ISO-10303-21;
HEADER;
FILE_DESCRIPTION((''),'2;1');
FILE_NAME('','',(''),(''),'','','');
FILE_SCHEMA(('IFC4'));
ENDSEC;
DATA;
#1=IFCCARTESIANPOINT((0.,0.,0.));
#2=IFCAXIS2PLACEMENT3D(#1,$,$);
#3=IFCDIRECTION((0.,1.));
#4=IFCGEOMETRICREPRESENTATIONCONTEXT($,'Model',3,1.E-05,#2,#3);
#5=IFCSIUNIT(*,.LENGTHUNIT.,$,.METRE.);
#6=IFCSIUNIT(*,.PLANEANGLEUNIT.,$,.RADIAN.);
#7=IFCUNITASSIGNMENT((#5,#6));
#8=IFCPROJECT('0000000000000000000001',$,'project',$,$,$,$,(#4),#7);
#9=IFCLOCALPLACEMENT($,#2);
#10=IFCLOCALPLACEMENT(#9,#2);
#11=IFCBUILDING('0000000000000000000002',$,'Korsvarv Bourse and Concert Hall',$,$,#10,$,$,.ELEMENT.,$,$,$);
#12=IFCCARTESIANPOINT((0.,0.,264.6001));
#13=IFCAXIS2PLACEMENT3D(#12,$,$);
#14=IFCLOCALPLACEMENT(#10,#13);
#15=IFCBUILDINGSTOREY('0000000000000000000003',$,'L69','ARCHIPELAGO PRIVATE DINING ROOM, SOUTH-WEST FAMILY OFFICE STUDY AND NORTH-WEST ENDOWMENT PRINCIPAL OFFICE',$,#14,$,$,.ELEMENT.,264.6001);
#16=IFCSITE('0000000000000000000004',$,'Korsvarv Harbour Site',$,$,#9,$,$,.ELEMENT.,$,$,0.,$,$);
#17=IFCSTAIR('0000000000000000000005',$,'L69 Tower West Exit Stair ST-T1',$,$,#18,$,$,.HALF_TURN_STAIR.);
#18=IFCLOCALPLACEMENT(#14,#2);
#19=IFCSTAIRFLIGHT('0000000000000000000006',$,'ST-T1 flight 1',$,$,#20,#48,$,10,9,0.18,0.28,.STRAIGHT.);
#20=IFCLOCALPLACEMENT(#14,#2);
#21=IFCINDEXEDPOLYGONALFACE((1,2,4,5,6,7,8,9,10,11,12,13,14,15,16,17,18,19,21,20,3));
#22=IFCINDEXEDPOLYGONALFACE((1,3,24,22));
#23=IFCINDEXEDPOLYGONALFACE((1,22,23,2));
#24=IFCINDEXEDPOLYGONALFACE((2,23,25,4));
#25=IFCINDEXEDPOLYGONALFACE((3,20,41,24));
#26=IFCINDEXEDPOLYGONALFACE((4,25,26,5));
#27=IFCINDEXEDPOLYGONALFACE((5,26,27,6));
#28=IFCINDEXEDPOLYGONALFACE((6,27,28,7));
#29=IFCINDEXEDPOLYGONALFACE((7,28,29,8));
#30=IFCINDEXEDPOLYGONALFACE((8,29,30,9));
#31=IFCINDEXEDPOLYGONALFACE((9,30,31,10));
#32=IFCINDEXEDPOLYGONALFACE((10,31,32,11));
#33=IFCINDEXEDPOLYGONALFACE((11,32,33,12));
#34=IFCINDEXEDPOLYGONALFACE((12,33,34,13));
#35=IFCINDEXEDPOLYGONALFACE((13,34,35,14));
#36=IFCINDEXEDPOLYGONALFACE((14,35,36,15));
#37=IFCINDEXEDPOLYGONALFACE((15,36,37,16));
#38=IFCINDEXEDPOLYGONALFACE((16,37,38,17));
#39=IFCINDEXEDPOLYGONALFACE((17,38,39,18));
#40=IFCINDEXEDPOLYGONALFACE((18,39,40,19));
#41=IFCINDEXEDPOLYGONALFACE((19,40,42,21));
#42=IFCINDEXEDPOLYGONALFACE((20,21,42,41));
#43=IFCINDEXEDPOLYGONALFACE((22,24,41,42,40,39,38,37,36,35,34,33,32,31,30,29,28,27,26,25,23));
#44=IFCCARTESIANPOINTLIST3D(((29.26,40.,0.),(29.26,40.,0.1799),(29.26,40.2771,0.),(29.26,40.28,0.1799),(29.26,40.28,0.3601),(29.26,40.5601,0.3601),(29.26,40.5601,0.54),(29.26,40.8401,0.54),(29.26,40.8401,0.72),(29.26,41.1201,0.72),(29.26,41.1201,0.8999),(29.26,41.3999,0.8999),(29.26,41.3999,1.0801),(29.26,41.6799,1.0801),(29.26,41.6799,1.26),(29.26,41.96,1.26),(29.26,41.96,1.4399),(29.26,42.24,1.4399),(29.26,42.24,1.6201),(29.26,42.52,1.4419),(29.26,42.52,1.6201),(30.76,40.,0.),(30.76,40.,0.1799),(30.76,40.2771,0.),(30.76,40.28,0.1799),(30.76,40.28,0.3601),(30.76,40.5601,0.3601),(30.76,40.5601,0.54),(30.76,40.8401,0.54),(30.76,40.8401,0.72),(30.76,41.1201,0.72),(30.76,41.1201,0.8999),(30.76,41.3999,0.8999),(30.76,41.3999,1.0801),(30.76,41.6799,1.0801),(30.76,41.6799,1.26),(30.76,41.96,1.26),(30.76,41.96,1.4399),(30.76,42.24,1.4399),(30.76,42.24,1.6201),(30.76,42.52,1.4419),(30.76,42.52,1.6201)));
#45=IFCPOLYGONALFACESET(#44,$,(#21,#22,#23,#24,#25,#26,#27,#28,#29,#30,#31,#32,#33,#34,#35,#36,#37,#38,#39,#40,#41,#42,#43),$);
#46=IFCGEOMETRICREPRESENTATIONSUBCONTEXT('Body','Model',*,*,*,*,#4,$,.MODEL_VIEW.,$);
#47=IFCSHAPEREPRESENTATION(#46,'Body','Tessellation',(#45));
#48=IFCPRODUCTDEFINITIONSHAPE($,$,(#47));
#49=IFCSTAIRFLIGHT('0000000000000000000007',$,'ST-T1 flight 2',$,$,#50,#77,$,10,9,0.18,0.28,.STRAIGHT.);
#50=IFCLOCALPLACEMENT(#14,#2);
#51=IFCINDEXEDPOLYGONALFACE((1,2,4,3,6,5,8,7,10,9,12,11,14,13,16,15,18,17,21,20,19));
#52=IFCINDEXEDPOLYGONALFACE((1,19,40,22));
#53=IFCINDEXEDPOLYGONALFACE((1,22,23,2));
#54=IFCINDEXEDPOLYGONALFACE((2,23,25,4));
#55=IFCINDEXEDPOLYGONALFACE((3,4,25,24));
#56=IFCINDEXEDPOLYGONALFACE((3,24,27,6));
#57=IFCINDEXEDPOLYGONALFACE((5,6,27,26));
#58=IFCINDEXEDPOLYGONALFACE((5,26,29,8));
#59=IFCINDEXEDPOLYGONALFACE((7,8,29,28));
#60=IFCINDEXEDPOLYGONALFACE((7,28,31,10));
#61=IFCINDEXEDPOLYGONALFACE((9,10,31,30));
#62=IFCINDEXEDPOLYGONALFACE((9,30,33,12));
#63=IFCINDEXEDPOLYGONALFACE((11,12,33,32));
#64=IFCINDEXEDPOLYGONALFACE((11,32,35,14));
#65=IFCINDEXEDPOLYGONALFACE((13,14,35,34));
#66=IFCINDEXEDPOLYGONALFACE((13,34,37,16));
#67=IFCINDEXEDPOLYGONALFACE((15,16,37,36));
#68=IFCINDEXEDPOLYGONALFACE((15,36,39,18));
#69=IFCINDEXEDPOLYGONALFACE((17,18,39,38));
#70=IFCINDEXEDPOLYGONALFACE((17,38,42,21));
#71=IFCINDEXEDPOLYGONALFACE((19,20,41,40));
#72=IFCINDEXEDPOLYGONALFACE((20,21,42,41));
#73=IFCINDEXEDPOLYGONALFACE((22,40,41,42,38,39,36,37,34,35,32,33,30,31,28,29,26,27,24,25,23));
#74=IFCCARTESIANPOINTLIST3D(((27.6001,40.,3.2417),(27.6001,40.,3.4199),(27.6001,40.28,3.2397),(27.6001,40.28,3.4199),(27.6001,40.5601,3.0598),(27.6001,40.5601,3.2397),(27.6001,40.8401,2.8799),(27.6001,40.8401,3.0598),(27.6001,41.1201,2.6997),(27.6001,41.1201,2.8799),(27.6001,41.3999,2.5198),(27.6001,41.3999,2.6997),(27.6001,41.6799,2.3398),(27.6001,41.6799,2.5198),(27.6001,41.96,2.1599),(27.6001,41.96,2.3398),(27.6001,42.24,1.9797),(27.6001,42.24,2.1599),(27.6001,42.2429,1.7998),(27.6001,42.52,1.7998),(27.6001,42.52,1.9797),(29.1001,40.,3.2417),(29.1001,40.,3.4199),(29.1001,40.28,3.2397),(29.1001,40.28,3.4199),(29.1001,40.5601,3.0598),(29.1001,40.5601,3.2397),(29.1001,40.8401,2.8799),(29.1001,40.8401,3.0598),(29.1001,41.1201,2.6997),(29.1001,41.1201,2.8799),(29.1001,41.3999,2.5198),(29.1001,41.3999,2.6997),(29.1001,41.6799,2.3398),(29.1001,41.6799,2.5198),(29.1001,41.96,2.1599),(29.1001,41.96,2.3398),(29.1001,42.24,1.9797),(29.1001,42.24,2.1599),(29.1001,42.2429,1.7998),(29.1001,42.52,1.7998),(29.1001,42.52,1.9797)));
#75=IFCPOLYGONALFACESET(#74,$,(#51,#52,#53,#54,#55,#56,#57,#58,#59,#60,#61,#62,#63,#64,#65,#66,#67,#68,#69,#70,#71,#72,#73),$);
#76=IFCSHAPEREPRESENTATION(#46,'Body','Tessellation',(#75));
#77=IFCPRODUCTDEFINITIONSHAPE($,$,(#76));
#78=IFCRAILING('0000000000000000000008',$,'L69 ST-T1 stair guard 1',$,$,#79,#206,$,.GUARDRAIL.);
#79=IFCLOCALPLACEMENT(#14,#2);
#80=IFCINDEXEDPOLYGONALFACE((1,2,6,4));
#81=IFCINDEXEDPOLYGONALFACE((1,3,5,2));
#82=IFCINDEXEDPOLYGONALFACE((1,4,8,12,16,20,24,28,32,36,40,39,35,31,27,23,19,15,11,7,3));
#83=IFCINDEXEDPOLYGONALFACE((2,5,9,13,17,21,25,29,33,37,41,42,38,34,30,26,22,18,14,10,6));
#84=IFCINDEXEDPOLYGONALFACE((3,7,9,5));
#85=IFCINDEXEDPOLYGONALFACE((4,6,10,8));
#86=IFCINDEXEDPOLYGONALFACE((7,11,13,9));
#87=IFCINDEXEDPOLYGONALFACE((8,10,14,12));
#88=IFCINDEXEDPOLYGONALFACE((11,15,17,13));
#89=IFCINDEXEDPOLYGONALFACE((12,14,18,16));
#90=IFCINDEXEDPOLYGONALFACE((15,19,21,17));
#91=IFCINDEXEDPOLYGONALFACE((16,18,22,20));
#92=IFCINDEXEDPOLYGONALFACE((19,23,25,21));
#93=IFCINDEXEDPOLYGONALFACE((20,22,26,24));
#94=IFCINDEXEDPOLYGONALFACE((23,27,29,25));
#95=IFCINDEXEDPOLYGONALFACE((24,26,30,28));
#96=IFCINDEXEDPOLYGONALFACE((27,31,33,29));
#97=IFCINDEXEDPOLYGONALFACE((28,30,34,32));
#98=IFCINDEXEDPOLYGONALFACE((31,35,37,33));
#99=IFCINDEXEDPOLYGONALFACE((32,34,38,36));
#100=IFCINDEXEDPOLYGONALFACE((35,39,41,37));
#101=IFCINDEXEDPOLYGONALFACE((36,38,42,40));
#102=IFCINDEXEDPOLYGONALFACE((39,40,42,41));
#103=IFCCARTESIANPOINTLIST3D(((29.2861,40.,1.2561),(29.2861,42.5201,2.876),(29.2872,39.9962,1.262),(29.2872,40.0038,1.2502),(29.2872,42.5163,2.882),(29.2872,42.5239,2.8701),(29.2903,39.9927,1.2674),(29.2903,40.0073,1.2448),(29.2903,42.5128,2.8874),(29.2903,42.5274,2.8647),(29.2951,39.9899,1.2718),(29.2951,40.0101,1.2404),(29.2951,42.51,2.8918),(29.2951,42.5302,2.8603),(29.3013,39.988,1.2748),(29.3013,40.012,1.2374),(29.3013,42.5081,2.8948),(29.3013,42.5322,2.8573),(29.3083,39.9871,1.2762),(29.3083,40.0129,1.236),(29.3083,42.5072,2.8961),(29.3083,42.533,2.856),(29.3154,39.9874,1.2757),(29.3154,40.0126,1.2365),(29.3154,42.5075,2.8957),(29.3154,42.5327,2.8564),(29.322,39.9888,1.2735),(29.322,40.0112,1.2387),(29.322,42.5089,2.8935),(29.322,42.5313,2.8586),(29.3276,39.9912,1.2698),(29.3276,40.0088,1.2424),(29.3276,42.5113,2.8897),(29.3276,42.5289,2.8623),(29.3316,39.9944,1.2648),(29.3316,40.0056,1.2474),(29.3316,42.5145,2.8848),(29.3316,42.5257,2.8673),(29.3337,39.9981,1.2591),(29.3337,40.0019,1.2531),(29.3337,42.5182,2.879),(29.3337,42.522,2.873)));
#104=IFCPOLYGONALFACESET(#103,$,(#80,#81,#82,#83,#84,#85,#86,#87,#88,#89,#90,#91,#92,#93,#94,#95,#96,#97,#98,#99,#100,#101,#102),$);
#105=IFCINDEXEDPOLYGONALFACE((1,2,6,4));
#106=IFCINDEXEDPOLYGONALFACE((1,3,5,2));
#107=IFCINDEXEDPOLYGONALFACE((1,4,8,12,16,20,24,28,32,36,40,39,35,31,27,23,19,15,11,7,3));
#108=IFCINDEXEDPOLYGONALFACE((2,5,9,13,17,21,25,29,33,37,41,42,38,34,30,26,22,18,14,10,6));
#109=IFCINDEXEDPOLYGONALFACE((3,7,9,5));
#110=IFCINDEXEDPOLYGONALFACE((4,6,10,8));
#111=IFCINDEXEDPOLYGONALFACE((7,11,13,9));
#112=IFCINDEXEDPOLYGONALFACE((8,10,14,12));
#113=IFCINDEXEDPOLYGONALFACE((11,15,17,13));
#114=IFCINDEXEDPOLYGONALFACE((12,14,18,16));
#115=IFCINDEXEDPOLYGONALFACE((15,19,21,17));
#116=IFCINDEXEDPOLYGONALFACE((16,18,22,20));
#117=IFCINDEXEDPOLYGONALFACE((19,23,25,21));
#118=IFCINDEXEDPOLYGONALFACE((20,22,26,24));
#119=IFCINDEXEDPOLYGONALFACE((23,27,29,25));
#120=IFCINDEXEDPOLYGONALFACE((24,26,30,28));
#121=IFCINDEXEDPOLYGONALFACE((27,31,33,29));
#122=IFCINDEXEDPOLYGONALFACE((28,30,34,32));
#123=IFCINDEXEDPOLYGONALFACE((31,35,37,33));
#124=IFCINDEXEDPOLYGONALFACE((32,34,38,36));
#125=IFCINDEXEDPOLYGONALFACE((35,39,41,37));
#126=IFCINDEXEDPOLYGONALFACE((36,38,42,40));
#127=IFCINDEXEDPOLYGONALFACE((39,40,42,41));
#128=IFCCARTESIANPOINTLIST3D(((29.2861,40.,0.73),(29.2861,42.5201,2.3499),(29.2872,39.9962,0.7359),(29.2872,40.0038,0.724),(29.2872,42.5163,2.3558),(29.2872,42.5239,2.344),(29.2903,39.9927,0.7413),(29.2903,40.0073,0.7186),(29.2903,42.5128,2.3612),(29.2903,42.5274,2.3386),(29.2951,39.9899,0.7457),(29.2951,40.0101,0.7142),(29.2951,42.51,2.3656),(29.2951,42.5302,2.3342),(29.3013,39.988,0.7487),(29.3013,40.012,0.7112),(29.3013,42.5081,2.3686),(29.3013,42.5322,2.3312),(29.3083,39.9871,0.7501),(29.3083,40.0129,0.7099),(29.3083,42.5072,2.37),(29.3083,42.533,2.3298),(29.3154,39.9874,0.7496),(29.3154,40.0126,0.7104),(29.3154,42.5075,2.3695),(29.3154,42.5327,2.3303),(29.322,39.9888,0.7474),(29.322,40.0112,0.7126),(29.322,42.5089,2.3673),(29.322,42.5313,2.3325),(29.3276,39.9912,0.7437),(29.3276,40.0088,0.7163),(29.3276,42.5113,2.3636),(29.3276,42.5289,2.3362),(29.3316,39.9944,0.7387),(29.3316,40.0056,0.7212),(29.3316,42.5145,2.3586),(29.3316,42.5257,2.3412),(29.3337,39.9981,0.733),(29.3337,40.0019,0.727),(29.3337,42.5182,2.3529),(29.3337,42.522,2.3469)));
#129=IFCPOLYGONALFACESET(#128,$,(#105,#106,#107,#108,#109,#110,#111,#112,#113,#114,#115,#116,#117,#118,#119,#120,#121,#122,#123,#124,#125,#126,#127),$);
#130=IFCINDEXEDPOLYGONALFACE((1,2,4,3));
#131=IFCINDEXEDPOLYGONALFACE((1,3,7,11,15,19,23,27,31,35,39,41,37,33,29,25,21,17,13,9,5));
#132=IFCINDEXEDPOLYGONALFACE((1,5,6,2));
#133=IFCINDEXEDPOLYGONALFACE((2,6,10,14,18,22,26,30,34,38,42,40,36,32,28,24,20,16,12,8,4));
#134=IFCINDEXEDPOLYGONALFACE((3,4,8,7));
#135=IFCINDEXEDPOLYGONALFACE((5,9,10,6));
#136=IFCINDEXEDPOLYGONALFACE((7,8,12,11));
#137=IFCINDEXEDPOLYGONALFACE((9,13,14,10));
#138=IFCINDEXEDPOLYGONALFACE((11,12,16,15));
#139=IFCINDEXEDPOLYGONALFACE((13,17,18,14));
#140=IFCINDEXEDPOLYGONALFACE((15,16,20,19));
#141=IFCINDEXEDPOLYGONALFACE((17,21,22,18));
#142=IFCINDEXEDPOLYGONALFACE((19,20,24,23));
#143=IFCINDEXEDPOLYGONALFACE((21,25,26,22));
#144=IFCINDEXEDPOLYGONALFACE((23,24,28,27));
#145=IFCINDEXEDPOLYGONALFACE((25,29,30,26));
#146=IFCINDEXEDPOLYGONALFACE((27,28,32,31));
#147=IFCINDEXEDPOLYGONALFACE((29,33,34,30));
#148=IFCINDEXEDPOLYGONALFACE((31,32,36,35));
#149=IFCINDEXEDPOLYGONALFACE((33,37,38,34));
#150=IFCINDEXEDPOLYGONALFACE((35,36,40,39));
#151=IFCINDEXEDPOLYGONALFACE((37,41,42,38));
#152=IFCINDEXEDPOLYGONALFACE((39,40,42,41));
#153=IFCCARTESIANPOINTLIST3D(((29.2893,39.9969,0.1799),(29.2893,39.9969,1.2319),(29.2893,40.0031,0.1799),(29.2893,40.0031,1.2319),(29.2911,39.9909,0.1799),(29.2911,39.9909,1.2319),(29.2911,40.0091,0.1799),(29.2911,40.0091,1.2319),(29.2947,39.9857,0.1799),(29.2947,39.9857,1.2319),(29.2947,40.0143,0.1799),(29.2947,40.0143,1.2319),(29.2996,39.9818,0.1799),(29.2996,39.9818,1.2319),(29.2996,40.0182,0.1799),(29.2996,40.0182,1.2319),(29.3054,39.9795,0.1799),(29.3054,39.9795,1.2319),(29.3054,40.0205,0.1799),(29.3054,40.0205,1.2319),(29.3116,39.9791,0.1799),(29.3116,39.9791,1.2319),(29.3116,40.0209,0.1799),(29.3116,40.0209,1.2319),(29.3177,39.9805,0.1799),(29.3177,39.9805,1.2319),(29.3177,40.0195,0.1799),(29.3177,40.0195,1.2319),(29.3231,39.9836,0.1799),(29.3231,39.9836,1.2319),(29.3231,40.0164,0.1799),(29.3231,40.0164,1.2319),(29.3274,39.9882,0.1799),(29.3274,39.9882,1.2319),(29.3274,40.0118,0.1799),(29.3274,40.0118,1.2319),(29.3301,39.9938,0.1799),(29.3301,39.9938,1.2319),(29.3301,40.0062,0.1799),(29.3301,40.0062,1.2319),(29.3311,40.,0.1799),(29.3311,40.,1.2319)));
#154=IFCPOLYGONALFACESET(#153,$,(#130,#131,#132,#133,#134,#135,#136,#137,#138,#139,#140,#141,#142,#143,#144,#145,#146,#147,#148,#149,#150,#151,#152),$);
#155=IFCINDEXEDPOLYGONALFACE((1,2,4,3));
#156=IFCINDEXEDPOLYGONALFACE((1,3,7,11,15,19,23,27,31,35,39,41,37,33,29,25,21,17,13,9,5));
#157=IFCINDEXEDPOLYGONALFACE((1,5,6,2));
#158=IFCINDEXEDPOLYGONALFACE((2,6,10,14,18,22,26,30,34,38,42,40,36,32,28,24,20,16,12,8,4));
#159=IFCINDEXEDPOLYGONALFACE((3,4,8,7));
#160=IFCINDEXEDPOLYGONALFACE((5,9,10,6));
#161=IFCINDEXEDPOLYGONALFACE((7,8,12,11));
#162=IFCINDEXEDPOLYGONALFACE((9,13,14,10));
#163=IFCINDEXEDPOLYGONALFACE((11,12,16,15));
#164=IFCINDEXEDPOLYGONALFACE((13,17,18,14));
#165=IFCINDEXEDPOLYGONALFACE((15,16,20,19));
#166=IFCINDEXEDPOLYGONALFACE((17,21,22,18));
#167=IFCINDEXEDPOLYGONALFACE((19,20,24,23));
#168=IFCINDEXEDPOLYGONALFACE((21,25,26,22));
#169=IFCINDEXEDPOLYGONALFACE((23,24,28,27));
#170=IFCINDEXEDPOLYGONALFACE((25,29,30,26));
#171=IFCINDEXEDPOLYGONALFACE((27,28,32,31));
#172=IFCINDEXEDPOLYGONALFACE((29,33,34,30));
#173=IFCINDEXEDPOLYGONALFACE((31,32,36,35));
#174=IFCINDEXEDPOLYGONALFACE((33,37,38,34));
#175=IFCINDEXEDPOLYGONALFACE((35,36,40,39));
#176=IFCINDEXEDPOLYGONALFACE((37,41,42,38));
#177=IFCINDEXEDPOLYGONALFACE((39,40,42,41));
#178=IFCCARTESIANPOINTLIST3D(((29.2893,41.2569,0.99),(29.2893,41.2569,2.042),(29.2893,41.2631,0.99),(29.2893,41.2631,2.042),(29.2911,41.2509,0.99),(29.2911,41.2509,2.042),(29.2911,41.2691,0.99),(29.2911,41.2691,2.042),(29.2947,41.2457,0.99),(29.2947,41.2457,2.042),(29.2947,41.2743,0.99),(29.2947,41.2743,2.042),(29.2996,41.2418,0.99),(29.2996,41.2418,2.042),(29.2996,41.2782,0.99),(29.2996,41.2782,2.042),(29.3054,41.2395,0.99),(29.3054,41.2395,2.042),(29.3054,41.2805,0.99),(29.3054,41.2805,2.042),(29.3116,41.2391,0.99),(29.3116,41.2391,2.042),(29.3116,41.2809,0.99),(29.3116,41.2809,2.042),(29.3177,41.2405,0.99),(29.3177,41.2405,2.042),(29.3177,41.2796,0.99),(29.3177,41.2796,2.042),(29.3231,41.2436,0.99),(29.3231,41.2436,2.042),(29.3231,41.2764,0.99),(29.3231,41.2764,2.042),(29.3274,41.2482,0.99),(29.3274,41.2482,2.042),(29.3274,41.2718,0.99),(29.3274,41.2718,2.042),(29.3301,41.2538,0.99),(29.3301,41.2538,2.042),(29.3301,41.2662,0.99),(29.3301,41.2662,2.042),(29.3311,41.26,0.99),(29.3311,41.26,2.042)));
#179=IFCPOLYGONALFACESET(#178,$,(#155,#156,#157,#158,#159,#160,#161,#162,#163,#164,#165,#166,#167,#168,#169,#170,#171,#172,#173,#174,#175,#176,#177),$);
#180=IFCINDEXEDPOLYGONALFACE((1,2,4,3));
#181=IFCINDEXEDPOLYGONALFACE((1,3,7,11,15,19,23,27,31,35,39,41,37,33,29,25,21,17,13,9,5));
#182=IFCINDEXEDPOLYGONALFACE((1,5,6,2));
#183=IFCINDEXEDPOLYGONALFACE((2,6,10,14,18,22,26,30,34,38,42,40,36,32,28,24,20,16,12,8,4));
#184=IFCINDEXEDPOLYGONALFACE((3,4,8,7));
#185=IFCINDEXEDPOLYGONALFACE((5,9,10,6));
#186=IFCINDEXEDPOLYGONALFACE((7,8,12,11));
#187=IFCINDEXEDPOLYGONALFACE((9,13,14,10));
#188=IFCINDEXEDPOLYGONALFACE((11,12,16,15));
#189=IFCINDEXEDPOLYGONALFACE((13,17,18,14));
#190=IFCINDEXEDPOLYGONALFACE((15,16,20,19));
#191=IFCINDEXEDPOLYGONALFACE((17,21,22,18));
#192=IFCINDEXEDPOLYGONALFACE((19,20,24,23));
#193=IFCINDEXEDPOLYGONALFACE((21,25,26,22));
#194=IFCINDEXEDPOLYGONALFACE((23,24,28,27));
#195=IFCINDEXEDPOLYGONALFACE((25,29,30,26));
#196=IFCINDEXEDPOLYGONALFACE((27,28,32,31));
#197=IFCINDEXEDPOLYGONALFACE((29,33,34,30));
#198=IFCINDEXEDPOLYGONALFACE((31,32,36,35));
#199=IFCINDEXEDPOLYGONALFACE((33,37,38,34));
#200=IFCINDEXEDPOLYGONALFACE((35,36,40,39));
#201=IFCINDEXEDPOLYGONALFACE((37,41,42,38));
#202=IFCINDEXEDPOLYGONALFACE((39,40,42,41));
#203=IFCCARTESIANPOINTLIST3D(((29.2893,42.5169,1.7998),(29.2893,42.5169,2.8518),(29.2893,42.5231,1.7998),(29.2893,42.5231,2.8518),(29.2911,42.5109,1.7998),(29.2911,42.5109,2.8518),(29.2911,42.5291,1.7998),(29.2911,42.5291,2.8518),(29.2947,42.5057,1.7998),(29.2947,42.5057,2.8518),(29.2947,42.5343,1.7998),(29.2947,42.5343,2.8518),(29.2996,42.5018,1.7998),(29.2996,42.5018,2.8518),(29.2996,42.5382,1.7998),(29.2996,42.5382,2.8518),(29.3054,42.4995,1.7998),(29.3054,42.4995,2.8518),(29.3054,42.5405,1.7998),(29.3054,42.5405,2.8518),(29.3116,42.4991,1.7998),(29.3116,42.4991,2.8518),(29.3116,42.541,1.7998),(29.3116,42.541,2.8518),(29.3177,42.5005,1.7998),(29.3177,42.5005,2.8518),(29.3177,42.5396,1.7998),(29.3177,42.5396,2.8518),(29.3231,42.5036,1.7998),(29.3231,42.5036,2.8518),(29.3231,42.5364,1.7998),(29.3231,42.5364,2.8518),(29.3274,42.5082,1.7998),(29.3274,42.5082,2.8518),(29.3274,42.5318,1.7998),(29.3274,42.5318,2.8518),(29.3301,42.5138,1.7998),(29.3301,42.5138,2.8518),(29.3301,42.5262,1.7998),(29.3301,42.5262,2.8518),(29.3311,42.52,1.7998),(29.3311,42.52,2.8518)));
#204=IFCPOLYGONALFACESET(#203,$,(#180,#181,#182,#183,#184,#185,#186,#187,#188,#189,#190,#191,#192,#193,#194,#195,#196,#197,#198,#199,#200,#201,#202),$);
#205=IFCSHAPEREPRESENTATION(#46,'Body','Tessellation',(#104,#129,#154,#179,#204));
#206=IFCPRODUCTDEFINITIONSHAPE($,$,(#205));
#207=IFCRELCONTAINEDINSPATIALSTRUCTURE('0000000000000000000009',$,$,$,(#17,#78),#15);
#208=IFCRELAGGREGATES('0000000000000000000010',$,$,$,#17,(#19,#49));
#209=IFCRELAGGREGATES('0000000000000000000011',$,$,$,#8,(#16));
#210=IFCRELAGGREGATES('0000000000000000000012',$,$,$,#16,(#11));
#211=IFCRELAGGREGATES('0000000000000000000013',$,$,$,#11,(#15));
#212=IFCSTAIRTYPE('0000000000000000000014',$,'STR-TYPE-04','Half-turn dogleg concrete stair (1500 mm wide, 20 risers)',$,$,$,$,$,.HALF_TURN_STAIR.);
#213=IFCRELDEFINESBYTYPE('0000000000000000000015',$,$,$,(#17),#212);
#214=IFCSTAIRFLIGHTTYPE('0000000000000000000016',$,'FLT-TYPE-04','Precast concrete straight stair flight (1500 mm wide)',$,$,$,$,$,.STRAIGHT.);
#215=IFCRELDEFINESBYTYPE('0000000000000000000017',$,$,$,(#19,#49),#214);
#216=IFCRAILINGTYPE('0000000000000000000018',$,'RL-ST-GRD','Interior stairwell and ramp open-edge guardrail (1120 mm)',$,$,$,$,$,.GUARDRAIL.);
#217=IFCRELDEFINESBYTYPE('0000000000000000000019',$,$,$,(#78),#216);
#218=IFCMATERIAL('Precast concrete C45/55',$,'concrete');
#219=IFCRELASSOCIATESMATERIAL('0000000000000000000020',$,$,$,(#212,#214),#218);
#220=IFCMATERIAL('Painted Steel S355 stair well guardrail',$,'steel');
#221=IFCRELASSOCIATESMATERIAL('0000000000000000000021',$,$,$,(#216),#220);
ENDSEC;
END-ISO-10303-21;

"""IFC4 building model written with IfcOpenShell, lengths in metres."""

from ifc_helpers import new_model, si_unit, direction, frame, origin, origin_2d, place, context, subcontext, project, spatial, polyline, circle, outline, extrude, material, type_object, element, aggregate, save


model = new_model("IFC4")

# Units and contexts
model_context = context("Model", 3, precision=1e-05, world=origin(), true_north=direction((0.0, 1.0)))
body_context = subcontext(model_context, "Body", "Model", "MODEL_VIEW")
ifc_project = project(units=[si_unit("LENGTHUNIT", "METRE"), si_unit("PLANEANGLEUNIT", "RADIAN")], contexts=[model_context])

# Site, building, storey
site_placement = place(None, origin())
site = spatial("IfcSite", under=ifc_project, at=site_placement, Name="Korsvarv Harbour Site", CompositionType="ELEMENT", RefElevation=0.0)
building_placement = place(site_placement, origin())
building = spatial("IfcBuilding", under=site, at=building_placement, Name="Korsvarv Bourse and Concert Hall", CompositionType="ELEMENT")
storey_placement = place(building_placement, frame((0.0, 0.0, 264.6001)))
storey = spatial("IfcBuildingStorey", under=building, at=storey_placement, Name="L69", Description="ARCHIPELAGO PRIVATE DINING ROOM, SOUTH-WEST FAMILY OFFICE STUDY AND NORTH-WEST ENDOWMENT PRINCIPAL OFFICE", CompositionType="ELEMENT", Elevation=264.6001)

# Stair, stair flights
ifc_material_1 = material(Name="Precast concrete C45/55", Category="concrete")
stair_type = type_object("IfcStairType", Name="STR-TYPE-04", Description="Half-turn dogleg concrete stair (1500 mm wide, 20 risers)", PredefinedType="HALF_TURN_STAIR", material=ifc_material_1)
stair_placement = place(storey_placement, origin())
stair = element("IfcStair", 1, at=stair_placement, inside=storey, type_object=stair_type, Name="L69 Tower West Exit Stair ST-T1", PredefinedType="HALF_TURN_STAIR")
stair_flight_type = type_object("IfcStairFlightType", Name="FLT-TYPE-04", Description="Precast concrete straight stair flight (1500 mm wide)", PredefinedType="STRAIGHT", material=ifc_material_1)
stair_flight_1_placement = place(storey_placement, frame((30.01, 40.0, 0.0), z_axis=(0.0, 0.0, 1.0), x_axis=(0.0, 1.0, 0.0)))
stair_flight_1 = element("IfcStairFlight", 2, at=stair_flight_1_placement, type_object=stair_flight_type, Name="ST-T1 flight 1", NumberOfRisers=10, NumberOfTreads=9, PredefinedType="STRAIGHT", RiserHeight=0.18, TreadLength=0.28, context=body_context, shape_type="SweptSolid", body=[
    extrude(outline(polyline([(0.0, 0.0), (0.0, 0.1799), (0.28, 0.1799), (0.28, 0.3601), (0.5601, 0.3601), (0.5601, 0.54), (0.8401, 0.54), (0.8401, 0.72), (1.1201, 0.72), (1.1201, 0.8999), (1.3999, 0.8999), (1.3999, 1.0801), (1.6799, 1.0801), (1.6799, 1.26), (1.96, 1.26), (1.96, 1.4399), (2.24, 1.4399), (2.24, 1.6201), (2.52, 1.6201), (2.52, 1.8), (2.52, 1.4419), (0.2771, 0.0), (0.0, 0.0)])), frame((0.0, 0.75, 0.0), z_axis=(0.0, -1.0, 0.0), x_axis=(1.0, 0.0, 0.0)), (0.0, 0.0, 1.0), 1.5),
])
stair_flight_2_placement = place(storey_placement, frame((28.3501, 42.52, 1.7998), z_axis=(0.0, 0.0, 1.0), x_axis=(0.0, -1.0, 0.0)))
stair_flight_2 = element("IfcStairFlight", 3, at=stair_flight_2_placement, type_object=stair_flight_type, Name="ST-T1 flight 2", NumberOfRisers=10, NumberOfTreads=9, PredefinedType="STRAIGHT", RiserHeight=0.18, TreadLength=0.28, context=body_context, shape_type="SweptSolid", body=[
    extrude(outline(polyline([(0.0, 0.0), (0.0, 0.1799), (0.28, 0.1799), (0.28, 0.3601), (0.5601, 0.3601), (0.5601, 0.54), (0.8401, 0.54), (0.8401, 0.72), (1.1201, 0.72), (1.1201, 0.8999), (1.3999, 0.8999), (1.3999, 1.0801), (1.6799, 1.0801), (1.6799, 1.26), (1.96, 1.26), (1.96, 1.4399), (2.24, 1.4399), (2.24, 1.6201), (2.52, 1.6201), (2.52, 1.8), (2.52, 1.4419), (0.2771, 0.0), (0.0, 0.0)])), frame((0.0, 0.75, 0.0), z_axis=(0.0, -1.0, 0.0), x_axis=(1.0, 0.0, 0.0)), (0.0, 0.0, 1.0), 1.5),
])
aggregate(stair, [stair_flight_1, stair_flight_2])

# Railing
ifc_material_2 = material(Name="Painted Steel S355 stair well guardrail", Category="steel")
railing_type_1 = type_object("IfcRailingType", Name="RL-ST-GRD", Description="Interior stairwell and ramp open-edge guardrail (1120 mm)", PredefinedType="GUARDRAIL", material=ifc_material_2)
railing_1_placement = place(storey_placement, frame((29.3101, 40.0, 0.1799)))
element("IfcRailing", 4, at=railing_1_placement, inside=storey, type_object=railing_type_1, Name="L69 ST-T1 stair guard 1", PredefinedType="GUARDRAIL", context=body_context, shape_type="SweptSolid", body=[
    extrude(circle(Radius=0.0239, at=origin_2d()), frame((0.0, 0.0, 1.0762), z_axis=(0.0, 0.8412, 0.540725), x_axis=(-1.0, 0.0, 0.0)), (0.0, 0.0, 1.0), 2.9958),
    extrude(circle(Radius=0.0239, at=origin_2d()), frame((0.0, 0.0, 0.55), z_axis=(0.0, 0.8412, 0.540725), x_axis=(-1.0, 0.0, 0.0)), (0.0, 0.0, 1.0), 2.9958),
    extrude(circle(Radius=0.021, at=origin_2d()), origin(), (0.0, 0.0, 1.0), 1.052),
    extrude(circle(Radius=0.021, at=origin_2d()), frame((0.0, 1.26, 0.8101)), (0.0, 0.0, 1.0), 1.052),
    extrude(circle(Radius=0.021, at=origin_2d()), frame((0.0, 2.52, 1.6199)), (0.0, 0.0, 1.0), 1.052),
])

save(model, "model.ifc")
